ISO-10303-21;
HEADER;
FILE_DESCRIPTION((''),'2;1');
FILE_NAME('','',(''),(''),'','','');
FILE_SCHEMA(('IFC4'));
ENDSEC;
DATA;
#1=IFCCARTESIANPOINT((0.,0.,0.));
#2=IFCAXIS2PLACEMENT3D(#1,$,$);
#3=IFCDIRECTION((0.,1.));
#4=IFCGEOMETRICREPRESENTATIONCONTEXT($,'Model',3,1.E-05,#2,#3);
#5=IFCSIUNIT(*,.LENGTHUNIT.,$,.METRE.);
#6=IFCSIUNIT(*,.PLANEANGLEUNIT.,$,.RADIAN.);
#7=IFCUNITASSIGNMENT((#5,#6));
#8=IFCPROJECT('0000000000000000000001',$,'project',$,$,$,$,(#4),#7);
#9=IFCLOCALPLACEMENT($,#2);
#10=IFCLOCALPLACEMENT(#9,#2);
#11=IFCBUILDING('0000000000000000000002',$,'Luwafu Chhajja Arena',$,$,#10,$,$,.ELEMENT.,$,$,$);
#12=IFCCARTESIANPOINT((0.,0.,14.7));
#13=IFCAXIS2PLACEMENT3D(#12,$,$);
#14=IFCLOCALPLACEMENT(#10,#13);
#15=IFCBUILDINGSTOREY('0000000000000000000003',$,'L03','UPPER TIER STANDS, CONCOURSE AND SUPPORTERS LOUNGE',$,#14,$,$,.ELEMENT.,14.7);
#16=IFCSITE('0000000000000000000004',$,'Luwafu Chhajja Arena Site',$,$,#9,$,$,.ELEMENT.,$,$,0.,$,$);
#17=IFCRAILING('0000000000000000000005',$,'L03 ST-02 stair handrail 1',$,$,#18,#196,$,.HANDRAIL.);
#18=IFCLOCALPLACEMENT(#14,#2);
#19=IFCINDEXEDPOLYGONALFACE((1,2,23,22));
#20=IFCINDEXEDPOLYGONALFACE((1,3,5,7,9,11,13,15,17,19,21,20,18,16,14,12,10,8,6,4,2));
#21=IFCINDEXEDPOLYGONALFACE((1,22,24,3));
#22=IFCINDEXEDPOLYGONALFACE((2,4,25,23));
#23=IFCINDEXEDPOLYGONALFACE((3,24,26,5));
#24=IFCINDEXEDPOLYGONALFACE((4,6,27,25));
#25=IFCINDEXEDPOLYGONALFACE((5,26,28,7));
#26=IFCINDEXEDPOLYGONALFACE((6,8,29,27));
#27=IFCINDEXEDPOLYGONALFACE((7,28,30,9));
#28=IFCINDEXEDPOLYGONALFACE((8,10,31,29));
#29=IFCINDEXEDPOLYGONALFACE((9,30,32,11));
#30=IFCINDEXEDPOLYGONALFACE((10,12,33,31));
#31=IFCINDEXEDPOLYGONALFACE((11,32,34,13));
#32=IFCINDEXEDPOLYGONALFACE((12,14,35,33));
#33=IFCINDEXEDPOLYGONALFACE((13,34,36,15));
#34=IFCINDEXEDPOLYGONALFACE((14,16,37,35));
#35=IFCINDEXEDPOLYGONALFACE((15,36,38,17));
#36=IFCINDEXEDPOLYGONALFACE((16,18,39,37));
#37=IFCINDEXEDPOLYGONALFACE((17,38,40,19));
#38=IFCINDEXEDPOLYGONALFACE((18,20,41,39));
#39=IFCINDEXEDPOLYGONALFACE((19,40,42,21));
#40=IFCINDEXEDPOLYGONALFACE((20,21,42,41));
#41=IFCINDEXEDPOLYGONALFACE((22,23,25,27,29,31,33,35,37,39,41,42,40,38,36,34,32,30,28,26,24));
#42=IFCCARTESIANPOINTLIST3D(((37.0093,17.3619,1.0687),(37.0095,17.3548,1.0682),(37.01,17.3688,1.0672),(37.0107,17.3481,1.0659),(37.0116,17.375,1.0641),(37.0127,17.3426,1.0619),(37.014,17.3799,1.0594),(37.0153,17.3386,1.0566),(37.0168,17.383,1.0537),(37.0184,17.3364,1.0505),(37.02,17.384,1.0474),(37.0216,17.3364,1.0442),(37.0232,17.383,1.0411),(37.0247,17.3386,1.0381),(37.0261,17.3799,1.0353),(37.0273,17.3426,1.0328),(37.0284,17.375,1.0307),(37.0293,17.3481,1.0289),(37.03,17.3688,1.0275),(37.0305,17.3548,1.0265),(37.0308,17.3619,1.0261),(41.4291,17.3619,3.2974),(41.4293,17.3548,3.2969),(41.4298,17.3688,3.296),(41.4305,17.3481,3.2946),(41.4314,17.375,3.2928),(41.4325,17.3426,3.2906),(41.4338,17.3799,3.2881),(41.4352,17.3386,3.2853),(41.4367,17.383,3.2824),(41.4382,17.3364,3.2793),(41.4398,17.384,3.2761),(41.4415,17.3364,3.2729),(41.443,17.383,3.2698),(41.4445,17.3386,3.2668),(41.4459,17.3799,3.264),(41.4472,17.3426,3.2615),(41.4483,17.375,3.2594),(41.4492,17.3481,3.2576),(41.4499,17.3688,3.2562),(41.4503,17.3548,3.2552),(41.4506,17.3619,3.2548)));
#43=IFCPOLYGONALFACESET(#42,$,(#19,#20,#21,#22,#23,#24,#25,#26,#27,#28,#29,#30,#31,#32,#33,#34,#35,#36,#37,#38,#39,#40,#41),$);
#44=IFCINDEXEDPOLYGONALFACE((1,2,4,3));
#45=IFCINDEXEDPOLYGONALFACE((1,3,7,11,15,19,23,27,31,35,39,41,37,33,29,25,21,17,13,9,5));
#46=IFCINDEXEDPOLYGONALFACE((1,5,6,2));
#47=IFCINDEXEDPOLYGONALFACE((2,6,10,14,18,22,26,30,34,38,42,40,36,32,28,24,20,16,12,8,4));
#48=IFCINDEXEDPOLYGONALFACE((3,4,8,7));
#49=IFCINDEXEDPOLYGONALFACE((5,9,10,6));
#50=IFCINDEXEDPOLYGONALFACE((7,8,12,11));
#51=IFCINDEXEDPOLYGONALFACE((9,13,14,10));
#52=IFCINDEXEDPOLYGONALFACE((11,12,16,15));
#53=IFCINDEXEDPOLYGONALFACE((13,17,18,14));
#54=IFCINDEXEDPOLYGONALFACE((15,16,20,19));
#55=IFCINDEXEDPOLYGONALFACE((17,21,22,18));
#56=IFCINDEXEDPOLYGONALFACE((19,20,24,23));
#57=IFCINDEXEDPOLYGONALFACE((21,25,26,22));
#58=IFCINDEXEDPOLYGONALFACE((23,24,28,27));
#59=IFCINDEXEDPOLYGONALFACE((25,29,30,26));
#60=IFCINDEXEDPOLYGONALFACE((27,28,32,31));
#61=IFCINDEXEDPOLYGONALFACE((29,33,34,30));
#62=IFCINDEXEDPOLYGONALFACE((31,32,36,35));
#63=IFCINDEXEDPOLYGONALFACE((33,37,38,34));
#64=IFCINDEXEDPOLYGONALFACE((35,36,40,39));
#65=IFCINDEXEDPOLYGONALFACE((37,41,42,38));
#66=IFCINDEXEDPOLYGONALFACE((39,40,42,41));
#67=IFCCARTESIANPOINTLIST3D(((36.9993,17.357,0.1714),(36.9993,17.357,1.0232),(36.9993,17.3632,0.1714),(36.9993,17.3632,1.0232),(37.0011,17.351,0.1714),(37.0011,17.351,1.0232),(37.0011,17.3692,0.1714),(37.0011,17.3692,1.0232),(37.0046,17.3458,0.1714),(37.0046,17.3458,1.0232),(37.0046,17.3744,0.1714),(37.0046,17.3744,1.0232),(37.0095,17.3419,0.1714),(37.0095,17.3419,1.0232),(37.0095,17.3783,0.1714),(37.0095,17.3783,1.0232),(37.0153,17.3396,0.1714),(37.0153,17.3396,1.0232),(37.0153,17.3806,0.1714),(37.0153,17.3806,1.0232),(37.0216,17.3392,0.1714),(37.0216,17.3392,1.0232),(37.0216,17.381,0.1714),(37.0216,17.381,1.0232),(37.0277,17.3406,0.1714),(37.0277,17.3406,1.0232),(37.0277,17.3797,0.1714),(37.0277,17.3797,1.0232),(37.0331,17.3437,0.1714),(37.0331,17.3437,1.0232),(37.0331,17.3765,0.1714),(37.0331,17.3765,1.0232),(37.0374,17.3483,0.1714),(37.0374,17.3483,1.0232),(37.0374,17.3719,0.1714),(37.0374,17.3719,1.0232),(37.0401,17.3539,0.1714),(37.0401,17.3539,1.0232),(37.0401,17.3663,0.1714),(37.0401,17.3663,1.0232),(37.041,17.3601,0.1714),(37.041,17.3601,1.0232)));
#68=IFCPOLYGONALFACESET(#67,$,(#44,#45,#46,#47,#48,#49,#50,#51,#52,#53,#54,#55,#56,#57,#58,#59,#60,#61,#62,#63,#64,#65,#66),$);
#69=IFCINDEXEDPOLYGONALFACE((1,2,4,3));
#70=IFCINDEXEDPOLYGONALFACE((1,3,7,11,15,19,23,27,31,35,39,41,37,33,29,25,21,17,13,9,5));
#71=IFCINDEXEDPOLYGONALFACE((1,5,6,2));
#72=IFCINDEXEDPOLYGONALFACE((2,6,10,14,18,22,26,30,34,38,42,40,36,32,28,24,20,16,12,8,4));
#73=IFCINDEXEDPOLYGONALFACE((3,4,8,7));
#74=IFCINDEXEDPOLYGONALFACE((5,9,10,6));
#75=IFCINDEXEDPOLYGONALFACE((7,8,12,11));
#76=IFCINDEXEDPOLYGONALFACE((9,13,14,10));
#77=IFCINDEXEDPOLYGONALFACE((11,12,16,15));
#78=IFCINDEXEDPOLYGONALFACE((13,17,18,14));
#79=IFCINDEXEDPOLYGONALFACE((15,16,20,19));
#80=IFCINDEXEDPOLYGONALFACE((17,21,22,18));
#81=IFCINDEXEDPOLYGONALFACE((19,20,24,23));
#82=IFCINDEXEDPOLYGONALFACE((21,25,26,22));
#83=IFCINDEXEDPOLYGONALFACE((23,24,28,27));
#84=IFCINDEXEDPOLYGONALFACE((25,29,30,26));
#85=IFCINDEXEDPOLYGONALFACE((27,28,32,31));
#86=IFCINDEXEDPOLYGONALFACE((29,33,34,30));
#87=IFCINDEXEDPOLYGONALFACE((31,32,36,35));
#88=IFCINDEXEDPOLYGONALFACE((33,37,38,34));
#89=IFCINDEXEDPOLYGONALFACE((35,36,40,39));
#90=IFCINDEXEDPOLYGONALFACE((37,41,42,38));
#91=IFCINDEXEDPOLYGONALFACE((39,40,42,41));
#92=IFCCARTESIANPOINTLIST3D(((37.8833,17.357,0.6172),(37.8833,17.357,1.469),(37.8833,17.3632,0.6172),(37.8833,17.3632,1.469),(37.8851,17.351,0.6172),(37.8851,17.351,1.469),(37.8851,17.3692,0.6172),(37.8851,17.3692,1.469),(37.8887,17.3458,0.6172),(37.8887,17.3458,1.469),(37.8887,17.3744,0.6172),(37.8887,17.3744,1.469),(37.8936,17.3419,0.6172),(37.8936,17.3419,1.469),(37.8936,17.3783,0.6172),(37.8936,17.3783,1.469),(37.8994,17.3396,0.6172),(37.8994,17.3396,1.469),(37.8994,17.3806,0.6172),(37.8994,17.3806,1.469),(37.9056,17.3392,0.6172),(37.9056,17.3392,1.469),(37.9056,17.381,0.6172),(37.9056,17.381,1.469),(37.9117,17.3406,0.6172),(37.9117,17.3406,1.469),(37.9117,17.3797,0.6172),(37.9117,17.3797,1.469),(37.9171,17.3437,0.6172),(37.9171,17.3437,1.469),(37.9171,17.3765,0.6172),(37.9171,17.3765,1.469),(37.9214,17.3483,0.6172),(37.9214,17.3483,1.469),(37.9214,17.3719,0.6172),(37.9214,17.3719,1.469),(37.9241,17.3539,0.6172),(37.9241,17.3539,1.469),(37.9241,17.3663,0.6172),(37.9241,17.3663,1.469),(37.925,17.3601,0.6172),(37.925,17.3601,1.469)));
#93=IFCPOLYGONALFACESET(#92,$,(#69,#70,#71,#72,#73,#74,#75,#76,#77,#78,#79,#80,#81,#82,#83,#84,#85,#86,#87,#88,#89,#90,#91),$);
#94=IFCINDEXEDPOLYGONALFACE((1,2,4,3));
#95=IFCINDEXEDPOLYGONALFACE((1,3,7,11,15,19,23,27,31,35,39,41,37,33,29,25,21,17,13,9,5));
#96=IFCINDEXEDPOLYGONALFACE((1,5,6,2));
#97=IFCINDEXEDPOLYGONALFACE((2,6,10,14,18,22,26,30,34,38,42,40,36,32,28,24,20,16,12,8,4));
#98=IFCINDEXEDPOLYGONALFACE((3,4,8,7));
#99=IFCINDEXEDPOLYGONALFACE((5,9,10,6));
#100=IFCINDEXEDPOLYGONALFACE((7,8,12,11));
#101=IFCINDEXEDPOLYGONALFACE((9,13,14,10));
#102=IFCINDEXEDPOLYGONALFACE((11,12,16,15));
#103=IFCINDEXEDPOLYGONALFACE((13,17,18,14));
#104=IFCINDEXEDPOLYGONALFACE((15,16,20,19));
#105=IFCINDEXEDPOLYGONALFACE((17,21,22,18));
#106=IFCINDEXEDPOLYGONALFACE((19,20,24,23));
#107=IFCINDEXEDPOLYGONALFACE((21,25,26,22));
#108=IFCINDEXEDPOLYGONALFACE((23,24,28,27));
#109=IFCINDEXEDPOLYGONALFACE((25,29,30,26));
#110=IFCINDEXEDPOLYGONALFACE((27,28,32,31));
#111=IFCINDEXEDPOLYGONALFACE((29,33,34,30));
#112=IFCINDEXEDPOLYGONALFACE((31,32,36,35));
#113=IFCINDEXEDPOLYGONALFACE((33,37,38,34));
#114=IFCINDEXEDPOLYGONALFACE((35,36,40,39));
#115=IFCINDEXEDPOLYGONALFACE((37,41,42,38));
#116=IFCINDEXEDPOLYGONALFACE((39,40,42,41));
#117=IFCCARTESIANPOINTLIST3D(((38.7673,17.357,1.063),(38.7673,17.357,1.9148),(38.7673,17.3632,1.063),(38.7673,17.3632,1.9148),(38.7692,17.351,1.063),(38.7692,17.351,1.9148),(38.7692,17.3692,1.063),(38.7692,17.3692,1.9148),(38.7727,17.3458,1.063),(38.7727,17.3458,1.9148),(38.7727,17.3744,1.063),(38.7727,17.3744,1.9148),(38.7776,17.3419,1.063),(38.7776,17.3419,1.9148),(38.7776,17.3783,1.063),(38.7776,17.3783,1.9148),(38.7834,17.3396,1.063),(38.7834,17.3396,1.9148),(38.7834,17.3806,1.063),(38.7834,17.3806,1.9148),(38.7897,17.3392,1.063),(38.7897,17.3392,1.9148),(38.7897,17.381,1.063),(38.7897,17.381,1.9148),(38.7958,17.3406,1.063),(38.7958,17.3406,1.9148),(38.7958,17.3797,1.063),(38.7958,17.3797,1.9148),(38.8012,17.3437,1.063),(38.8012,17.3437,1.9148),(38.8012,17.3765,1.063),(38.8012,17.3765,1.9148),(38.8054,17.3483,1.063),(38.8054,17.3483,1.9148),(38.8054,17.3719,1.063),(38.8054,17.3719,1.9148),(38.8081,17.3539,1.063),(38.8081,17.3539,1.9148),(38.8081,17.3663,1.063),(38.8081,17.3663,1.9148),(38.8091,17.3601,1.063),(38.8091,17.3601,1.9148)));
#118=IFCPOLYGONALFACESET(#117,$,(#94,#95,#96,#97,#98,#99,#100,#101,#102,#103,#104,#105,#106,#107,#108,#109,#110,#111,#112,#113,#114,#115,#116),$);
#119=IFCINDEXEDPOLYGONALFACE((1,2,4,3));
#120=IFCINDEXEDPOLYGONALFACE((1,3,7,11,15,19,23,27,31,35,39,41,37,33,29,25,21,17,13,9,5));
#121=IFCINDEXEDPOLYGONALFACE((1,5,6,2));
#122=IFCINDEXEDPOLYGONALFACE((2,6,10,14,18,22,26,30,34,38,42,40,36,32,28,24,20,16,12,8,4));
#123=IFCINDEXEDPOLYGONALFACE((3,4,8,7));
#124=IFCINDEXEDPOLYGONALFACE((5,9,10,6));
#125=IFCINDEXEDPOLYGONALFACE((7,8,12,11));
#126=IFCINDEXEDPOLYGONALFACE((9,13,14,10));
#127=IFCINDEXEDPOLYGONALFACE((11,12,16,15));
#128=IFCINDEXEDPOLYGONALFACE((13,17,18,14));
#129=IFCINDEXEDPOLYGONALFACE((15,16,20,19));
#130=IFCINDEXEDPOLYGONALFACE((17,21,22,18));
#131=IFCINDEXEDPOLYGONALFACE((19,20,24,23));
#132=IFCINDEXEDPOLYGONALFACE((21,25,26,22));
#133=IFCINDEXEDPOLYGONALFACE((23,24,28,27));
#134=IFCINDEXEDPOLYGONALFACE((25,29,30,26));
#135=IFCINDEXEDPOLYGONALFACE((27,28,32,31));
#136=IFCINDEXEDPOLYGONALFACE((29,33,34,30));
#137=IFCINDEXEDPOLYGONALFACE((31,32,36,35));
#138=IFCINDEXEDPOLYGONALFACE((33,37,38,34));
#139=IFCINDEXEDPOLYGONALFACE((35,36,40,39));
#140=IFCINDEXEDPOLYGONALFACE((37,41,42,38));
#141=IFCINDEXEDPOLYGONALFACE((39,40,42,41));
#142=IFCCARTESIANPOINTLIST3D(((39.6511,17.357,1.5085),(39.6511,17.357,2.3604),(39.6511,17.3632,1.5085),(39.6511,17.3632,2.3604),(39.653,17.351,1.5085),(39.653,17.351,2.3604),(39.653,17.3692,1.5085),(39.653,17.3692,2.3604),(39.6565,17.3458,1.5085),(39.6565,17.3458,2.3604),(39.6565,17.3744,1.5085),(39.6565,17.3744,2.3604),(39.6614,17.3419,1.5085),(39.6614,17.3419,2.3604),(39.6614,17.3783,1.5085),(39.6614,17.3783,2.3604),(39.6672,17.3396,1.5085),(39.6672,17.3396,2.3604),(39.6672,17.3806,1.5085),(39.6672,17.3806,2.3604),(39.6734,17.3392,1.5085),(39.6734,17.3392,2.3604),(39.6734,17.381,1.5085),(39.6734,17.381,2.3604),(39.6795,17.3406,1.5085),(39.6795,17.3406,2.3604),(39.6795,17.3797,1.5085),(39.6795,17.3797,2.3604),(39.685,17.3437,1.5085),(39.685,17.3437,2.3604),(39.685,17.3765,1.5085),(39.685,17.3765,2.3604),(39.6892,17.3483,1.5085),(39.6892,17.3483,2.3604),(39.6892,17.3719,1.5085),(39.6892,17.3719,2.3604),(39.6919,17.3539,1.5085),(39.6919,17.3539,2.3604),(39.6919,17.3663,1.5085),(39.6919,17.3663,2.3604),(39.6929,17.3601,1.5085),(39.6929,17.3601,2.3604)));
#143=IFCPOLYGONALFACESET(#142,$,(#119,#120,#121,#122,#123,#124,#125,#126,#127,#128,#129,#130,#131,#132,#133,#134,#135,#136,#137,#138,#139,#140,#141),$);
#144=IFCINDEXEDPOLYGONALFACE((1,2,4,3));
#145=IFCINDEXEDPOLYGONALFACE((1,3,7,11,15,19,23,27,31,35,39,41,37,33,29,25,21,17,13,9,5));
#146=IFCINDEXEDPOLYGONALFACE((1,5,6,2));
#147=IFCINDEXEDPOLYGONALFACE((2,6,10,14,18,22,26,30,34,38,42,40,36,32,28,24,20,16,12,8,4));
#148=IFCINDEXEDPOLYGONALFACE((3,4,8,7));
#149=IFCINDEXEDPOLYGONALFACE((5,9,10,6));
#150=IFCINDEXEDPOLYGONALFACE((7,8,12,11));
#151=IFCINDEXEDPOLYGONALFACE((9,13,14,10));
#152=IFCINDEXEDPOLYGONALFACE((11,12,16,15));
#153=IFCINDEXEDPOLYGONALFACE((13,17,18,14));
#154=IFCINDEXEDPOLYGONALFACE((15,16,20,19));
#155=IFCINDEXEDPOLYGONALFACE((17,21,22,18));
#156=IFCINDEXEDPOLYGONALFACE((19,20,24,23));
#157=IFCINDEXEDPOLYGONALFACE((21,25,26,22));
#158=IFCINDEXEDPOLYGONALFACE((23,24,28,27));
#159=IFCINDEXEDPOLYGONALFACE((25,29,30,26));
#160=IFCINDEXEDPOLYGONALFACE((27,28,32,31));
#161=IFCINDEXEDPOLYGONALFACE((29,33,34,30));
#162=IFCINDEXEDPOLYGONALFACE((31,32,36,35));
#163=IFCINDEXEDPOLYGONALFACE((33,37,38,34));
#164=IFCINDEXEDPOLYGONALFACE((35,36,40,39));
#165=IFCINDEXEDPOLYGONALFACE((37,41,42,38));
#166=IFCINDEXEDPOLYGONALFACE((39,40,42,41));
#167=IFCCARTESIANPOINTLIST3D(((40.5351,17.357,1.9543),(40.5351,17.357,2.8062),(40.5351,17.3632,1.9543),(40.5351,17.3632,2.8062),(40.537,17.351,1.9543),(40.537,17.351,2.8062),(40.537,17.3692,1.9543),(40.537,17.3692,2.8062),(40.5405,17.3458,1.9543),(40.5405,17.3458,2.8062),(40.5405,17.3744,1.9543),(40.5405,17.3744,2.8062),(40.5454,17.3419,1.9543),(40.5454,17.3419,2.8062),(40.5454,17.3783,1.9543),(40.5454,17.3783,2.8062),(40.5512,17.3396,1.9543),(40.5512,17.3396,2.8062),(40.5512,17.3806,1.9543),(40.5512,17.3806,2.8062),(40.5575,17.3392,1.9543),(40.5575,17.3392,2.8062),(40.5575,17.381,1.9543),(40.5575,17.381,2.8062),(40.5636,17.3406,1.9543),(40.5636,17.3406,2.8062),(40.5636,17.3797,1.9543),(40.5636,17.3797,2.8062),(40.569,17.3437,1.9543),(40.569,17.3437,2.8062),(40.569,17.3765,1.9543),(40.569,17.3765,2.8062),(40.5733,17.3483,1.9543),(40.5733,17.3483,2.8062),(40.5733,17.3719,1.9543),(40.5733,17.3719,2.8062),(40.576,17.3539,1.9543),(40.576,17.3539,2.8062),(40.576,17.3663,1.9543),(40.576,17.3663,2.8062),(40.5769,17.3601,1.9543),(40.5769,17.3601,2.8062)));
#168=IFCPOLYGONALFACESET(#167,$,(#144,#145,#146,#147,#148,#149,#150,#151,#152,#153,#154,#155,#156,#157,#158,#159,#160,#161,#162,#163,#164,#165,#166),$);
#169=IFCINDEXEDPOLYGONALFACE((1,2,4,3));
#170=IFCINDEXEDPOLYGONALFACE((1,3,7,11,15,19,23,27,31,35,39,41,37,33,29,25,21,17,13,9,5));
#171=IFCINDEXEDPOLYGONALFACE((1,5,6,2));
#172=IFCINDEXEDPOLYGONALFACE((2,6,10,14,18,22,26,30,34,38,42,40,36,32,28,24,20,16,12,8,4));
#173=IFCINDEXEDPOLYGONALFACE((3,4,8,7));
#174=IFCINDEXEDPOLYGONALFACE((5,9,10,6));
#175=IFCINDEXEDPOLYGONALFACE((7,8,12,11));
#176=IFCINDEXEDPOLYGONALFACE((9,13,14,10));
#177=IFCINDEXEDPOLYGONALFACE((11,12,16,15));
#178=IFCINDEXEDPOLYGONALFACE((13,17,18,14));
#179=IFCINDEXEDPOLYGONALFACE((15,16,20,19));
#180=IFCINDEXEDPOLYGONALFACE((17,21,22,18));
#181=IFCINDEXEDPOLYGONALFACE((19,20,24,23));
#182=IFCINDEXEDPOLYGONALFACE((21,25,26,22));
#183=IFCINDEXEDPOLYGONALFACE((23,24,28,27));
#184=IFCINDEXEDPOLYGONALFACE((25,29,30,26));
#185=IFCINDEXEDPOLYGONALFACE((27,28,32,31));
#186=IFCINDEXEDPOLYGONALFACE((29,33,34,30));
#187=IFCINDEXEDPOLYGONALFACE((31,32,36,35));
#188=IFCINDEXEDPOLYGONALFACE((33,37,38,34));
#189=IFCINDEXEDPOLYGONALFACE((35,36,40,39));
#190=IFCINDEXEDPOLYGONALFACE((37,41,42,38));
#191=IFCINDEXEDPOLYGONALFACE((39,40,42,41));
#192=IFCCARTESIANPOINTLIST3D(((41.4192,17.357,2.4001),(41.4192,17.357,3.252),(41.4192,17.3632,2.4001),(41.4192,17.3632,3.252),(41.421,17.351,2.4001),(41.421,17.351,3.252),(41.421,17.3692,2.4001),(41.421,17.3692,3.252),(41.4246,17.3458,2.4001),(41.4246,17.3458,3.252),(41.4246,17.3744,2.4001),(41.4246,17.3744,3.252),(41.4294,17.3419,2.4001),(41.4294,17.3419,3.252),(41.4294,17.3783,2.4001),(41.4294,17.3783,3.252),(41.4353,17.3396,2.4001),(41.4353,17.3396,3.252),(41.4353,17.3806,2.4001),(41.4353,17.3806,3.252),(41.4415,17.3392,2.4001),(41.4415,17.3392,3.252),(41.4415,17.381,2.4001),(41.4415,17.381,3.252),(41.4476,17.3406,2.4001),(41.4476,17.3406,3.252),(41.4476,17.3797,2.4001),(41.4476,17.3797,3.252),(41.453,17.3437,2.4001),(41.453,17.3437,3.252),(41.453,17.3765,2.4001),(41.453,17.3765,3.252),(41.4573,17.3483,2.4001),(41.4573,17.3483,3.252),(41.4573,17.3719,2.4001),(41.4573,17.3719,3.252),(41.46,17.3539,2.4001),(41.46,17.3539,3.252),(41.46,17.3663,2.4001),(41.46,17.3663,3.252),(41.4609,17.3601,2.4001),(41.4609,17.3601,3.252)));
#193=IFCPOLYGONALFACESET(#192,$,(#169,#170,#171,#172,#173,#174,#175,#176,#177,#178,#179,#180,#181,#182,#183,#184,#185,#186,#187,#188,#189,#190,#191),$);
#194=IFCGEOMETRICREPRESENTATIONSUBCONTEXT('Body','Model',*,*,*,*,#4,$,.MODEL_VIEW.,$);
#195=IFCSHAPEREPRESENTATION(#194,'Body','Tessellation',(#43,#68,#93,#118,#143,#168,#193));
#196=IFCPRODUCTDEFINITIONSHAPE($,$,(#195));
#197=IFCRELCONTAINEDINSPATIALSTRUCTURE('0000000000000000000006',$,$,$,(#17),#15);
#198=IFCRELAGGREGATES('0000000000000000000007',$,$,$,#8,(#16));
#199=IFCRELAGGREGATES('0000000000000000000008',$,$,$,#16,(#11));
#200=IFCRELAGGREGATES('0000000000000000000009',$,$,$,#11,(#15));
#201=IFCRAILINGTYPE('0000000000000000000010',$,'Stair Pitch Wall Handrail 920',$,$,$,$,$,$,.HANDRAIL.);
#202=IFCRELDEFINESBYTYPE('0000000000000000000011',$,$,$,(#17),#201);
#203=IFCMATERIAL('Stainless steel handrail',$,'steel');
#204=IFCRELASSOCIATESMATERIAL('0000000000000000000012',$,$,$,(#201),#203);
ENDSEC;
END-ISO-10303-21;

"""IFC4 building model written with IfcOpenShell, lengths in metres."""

from ifc_helpers import new_model, si_unit, direction, frame, origin, origin_2d, place, context, subcontext, project, spatial, circle, extrude, material, type_object, element, save


model = new_model("IFC4")

# Units and contexts
model_context = context("Model", 3, precision=1e-05, world=origin(), true_north=direction((0.0, 1.0)))
body_context = subcontext(model_context, "Body", "Model", "MODEL_VIEW")
ifc_project = project(units=[si_unit("LENGTHUNIT", "METRE"), si_unit("PLANEANGLEUNIT", "RADIAN")], contexts=[model_context])

# Site, building, storey
site_placement = place(None, origin())
site = spatial("IfcSite", under=ifc_project, at=site_placement, Name="Luwafu Chhajja Arena Site", CompositionType="ELEMENT", RefElevation=0.0)
building_placement = place(site_placement, origin())
building = spatial("IfcBuilding", under=site, at=building_placement, Name="Luwafu Chhajja Arena", CompositionType="ELEMENT")
storey_placement = place(building_placement, frame((0.0, 0.0, 14.7)))
storey = spatial("IfcBuildingStorey", under=building, at=storey_placement, Name="L03", Description="UPPER TIER STANDS, CONCOURSE AND SUPPORTERS LOUNGE", CompositionType="ELEMENT", Elevation=14.7)

# Railing
ifc_material_1 = material(Name="Stainless steel handrail", Category="steel")
railing_type_1 = type_object("IfcRailingType", Name="Stair Pitch Wall Handrail 920", PredefinedType="HANDRAIL", material=ifc_material_1)
railing_1_placement = place(storey_placement, frame((37.02, 17.3601, 0.1714)))
element("IfcRailing", 1, at=railing_1_placement, inside=storey, type_object=railing_type_1, Name="L03 ST-02 stair handrail 1", PredefinedType="HANDRAIL", context=body_context, shape_type="SweptSolid", body=[
    extrude(circle(Radius=0.0239, at=origin_2d()), frame((0.0, 0.0, 0.876), z_axis=(0.892903, 0.0, 0.450249), x_axis=(0.0, 1.0, 0.0)), (0.0, 0.0, 1.0), 4.95),
    extrude(circle(Radius=0.021, at=origin_2d()), origin(), (0.0, 0.0, 1.0), 0.8518),
    extrude(circle(Radius=0.021, at=origin_2d()), frame((0.884, 0.0, 0.4458)), (0.0, 0.0, 1.0), 0.8518),
    extrude(circle(Radius=0.021, at=origin_2d()), frame((1.7681, 0.0, 0.8916)), (0.0, 0.0, 1.0), 0.8518),
    extrude(circle(Radius=0.021, at=origin_2d()), frame((2.6519, 0.0, 1.3372)), (0.0, 0.0, 1.0), 0.8518),
    extrude(circle(Radius=0.021, at=origin_2d()), frame((3.5359, 0.0, 1.783)), (0.0, 0.0, 1.0), 0.8518),
    extrude(circle(Radius=0.021, at=origin_2d()), frame((4.4199, 0.0, 2.2288)), (0.0, 0.0, 1.0), 0.8518),
])

save(model, "model.ifc")
